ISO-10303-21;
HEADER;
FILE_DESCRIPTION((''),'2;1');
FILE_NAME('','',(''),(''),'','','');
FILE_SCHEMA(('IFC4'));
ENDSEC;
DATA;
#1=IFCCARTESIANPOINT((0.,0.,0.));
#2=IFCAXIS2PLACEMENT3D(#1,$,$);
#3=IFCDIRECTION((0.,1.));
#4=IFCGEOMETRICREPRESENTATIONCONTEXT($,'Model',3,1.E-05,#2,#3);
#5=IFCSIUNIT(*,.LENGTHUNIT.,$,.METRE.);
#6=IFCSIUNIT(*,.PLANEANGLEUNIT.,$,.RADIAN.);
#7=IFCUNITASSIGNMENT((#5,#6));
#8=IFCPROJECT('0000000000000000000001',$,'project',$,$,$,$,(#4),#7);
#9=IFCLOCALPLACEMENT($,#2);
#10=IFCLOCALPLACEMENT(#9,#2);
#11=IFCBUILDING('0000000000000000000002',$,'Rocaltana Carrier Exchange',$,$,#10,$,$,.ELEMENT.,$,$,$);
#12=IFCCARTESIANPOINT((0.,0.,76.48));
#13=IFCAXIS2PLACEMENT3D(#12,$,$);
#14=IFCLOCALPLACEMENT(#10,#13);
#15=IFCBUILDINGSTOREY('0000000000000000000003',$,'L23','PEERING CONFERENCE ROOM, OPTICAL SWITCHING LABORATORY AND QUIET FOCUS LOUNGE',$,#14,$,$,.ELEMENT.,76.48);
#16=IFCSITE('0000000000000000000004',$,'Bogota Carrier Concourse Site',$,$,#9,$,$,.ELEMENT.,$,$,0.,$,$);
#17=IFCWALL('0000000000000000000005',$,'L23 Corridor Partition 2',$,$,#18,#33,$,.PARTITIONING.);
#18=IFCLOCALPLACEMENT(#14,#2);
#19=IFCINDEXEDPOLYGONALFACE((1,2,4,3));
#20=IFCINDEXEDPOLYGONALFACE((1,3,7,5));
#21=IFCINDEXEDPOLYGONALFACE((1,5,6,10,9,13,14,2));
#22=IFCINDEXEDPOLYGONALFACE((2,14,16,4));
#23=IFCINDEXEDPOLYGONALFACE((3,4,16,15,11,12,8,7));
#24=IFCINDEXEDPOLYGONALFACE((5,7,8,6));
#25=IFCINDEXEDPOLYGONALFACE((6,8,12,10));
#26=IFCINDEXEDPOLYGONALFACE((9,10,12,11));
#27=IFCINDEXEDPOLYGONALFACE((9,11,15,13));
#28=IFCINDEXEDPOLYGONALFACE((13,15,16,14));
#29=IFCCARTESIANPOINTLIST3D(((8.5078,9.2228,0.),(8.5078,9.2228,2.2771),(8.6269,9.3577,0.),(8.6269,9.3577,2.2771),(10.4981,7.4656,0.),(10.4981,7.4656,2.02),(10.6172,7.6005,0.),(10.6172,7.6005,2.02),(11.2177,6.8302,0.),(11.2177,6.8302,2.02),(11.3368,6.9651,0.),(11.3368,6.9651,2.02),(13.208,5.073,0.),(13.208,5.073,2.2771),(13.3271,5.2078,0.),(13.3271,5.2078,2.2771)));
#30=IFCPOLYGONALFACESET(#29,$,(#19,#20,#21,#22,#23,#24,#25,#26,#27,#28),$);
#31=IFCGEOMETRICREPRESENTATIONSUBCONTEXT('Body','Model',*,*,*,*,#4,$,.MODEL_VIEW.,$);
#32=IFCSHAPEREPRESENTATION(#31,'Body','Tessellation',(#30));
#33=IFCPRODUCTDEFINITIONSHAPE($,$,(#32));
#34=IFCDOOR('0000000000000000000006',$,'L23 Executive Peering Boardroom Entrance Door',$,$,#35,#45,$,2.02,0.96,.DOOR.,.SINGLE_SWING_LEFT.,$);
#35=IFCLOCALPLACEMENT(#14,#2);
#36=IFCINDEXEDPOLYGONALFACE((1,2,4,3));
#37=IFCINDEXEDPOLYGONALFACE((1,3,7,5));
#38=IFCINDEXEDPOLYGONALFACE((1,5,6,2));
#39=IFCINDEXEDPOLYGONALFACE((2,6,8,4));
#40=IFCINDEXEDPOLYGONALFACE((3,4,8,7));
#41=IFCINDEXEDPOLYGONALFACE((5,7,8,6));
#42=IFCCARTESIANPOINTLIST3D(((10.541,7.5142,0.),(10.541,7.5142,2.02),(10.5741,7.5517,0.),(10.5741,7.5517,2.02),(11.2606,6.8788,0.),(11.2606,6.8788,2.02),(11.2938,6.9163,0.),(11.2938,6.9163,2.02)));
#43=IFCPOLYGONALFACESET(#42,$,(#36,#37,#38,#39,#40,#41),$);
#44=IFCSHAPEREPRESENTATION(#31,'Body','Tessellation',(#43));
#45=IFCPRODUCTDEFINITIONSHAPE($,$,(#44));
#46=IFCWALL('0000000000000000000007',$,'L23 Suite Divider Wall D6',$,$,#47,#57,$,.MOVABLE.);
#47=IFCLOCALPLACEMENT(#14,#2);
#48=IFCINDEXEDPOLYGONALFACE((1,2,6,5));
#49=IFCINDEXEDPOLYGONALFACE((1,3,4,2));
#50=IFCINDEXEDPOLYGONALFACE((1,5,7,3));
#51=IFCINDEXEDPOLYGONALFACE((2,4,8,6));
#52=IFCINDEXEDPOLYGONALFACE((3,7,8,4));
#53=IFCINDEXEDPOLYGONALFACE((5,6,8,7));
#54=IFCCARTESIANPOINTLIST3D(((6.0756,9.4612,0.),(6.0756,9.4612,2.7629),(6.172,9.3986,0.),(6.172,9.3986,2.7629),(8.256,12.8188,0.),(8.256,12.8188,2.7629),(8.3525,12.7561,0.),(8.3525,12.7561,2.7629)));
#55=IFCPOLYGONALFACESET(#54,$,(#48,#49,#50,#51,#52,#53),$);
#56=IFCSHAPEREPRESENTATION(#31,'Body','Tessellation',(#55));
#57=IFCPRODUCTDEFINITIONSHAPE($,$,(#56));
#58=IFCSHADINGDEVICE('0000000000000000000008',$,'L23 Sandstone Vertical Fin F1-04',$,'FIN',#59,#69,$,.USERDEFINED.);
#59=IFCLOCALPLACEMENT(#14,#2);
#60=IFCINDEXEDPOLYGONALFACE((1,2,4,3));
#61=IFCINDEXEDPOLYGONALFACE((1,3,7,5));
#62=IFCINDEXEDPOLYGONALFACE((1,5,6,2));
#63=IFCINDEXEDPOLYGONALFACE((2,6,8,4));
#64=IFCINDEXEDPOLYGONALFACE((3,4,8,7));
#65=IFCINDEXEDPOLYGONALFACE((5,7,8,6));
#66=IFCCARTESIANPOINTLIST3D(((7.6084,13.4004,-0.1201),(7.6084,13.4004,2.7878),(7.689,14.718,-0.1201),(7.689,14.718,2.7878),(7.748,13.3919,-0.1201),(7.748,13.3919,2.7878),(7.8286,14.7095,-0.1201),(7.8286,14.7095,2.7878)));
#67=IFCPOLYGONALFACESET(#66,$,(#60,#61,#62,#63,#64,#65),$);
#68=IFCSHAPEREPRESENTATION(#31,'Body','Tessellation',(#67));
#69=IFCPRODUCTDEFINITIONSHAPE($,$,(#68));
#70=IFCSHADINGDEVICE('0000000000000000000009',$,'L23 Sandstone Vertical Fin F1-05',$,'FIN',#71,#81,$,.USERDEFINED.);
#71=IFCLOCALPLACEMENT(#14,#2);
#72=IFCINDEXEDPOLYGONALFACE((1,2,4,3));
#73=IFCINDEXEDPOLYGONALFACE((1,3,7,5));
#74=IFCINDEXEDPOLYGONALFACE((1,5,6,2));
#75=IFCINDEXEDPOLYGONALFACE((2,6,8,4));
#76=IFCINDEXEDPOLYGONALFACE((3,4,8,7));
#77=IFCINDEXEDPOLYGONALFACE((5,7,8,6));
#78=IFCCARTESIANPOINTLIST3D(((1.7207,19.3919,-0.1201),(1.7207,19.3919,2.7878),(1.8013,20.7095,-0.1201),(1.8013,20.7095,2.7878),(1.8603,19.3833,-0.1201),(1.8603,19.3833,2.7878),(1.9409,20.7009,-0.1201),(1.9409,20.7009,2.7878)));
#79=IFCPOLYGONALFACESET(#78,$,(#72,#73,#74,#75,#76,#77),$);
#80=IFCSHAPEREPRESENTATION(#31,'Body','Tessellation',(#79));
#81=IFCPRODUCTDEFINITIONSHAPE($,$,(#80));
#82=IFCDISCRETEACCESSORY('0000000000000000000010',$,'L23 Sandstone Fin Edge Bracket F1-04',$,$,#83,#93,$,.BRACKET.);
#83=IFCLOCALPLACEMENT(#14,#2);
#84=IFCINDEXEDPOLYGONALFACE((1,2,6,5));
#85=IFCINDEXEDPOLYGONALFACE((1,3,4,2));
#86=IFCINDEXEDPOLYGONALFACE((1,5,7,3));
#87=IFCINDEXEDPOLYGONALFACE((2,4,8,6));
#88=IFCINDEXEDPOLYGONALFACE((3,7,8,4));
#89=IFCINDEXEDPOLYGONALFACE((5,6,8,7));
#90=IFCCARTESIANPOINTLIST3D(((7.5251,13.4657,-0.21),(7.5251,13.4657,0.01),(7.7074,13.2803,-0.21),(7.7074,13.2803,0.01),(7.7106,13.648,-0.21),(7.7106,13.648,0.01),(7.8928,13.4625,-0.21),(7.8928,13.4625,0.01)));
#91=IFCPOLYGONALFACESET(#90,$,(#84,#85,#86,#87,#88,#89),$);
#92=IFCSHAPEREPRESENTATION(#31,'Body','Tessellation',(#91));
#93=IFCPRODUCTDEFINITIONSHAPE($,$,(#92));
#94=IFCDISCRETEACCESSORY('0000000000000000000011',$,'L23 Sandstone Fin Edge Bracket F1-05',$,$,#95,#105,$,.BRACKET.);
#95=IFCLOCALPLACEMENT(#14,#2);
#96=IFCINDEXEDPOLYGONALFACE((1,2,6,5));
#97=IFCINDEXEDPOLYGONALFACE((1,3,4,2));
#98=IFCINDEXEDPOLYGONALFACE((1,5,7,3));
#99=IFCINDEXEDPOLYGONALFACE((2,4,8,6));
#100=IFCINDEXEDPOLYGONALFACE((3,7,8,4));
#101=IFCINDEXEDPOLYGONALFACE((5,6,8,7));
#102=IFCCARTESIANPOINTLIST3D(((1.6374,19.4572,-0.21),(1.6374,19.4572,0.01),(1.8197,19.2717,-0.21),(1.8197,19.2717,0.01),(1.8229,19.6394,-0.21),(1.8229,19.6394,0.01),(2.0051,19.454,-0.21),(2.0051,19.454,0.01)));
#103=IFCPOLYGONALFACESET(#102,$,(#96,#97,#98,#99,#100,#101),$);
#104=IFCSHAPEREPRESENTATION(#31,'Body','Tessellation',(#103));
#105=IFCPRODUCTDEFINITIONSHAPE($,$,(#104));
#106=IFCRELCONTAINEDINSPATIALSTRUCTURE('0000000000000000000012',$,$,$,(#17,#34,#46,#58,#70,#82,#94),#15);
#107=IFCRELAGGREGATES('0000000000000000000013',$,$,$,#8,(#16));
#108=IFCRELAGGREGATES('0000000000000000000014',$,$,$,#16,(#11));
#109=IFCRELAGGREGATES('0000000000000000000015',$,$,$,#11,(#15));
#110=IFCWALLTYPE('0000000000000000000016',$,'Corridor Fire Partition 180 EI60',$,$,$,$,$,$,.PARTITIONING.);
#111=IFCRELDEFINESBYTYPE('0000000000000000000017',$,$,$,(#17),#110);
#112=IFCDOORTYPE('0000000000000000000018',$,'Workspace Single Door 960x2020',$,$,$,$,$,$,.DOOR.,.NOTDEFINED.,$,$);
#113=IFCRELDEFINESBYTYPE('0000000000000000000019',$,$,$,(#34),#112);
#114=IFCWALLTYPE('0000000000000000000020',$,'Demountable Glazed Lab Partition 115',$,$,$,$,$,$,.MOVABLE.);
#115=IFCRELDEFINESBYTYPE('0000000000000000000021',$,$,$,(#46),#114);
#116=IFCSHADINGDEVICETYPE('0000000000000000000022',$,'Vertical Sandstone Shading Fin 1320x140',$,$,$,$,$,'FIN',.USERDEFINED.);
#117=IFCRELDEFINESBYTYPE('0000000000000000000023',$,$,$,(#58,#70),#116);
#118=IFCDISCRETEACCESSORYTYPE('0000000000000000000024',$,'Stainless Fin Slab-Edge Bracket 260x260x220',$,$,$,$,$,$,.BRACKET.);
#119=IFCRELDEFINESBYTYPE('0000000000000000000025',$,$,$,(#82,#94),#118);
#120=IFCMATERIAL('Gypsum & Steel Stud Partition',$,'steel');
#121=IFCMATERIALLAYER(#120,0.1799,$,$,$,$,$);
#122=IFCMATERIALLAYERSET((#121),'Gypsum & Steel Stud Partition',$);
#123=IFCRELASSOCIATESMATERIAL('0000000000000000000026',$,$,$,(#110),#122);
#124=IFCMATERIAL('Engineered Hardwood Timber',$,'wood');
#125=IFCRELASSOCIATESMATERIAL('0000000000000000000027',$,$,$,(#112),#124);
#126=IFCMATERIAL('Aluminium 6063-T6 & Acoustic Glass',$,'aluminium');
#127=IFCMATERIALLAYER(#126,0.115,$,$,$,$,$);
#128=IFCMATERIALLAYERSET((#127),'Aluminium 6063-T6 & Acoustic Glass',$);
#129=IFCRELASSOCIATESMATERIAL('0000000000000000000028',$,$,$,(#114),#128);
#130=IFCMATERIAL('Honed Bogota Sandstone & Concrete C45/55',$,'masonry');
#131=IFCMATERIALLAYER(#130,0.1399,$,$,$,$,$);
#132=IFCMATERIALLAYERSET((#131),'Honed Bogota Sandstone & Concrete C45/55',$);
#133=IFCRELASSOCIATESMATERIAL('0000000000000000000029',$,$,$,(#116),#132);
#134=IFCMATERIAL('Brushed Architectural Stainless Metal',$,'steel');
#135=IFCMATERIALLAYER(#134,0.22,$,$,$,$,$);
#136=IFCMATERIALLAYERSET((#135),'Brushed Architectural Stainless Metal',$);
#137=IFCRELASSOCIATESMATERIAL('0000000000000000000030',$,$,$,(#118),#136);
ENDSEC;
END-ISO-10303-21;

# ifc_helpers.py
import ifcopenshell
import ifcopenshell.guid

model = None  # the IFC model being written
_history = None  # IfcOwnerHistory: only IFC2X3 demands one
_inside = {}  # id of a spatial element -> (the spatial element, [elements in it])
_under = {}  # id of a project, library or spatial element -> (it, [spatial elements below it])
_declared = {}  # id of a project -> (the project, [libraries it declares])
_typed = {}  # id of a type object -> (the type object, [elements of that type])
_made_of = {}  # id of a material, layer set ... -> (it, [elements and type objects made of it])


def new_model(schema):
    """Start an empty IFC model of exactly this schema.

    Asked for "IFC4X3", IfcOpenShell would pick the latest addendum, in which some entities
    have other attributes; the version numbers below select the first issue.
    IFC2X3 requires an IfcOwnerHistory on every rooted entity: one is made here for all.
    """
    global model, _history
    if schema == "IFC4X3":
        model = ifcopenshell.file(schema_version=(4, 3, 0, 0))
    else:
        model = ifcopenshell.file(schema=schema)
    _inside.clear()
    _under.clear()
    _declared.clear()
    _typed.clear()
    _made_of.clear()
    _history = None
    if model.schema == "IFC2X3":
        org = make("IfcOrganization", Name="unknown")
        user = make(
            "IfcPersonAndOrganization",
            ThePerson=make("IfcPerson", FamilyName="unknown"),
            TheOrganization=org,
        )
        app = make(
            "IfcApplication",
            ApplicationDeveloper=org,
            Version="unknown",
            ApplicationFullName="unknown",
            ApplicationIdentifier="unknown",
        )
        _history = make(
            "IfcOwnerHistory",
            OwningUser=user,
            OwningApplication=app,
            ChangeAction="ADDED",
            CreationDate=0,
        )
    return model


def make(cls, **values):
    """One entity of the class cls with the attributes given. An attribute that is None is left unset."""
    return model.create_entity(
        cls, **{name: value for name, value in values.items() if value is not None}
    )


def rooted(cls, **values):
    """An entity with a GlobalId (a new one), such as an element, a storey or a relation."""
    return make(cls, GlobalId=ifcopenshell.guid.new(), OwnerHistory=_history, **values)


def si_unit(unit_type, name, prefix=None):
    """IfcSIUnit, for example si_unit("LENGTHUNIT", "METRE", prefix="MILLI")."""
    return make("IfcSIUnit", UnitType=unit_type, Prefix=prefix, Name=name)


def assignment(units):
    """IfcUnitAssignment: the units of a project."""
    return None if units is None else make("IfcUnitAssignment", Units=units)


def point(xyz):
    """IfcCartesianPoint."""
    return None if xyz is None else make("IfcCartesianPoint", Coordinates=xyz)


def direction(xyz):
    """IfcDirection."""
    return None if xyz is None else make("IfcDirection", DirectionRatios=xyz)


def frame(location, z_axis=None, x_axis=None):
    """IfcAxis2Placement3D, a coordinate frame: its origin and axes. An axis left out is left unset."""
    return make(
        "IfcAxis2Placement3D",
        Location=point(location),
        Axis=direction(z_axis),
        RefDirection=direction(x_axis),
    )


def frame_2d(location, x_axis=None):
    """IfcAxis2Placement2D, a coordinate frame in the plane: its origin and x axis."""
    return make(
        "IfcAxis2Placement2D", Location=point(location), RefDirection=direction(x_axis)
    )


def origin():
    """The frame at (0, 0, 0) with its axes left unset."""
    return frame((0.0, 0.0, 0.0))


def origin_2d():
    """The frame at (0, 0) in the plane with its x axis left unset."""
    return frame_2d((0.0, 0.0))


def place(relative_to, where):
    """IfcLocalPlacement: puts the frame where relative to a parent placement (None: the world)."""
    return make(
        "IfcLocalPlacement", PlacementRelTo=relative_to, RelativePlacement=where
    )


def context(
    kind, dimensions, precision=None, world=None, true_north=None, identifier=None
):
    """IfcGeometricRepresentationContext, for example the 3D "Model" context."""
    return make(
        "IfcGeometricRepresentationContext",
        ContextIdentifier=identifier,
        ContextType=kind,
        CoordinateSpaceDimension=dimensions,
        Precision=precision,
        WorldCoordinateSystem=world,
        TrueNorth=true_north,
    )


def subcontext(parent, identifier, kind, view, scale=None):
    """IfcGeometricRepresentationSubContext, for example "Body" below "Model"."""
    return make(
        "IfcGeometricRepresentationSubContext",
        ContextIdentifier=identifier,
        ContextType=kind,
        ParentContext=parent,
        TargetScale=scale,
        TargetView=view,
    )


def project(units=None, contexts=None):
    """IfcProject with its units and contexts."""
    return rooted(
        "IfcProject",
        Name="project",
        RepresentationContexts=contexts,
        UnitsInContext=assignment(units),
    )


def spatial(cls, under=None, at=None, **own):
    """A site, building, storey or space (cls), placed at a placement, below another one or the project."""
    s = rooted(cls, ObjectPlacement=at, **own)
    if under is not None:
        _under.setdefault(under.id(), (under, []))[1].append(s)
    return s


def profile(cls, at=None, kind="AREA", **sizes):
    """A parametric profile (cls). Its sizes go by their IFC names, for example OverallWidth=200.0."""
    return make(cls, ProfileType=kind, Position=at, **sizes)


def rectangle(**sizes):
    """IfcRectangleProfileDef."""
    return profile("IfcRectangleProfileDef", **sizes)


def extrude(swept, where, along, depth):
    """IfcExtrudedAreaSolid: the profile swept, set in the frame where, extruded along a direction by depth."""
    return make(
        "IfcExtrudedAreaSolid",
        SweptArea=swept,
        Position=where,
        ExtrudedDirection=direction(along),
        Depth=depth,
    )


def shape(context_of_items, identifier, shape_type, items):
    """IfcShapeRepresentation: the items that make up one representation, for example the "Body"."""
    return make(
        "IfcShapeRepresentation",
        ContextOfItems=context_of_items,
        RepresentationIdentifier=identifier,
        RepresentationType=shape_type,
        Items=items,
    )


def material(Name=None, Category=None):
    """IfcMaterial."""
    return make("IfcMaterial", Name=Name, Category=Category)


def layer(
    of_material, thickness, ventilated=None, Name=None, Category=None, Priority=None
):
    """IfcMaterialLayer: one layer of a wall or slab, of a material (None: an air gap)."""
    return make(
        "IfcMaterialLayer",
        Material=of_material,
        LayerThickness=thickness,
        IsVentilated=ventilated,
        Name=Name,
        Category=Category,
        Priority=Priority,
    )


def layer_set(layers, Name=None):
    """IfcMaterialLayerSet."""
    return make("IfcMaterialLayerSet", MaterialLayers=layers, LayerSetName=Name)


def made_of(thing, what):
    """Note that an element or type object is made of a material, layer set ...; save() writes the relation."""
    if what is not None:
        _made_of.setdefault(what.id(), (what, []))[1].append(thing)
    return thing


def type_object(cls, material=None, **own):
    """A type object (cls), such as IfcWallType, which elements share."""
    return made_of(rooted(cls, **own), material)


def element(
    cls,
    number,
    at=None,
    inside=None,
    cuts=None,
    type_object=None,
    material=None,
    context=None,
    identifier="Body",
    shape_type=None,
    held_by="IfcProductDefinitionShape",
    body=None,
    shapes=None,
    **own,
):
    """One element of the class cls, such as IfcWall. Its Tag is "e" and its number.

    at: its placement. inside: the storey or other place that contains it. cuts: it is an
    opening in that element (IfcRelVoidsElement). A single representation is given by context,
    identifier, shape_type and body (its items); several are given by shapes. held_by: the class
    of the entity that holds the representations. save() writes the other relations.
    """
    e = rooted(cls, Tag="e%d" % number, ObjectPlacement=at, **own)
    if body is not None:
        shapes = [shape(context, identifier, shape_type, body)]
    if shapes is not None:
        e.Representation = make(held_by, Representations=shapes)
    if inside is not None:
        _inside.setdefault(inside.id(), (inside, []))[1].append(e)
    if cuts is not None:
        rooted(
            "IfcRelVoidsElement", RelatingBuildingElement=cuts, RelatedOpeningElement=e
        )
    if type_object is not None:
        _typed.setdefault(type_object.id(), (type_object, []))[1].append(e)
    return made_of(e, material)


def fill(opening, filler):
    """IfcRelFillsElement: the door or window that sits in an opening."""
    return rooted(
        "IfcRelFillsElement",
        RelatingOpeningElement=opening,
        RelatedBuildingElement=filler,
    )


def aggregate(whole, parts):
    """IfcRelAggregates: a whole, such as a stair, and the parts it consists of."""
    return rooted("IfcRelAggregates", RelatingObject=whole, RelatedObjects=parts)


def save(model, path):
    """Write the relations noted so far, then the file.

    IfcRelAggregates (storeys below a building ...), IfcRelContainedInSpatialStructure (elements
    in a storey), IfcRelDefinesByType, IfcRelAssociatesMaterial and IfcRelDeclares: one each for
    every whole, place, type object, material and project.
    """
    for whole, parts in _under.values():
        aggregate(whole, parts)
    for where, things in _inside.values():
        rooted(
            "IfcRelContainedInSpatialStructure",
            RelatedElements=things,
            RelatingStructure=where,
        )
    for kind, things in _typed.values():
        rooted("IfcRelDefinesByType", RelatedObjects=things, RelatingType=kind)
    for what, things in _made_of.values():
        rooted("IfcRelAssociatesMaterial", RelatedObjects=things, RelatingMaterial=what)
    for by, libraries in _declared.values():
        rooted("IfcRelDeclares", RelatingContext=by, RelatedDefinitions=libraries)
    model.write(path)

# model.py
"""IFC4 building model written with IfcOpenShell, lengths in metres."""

from ifc_helpers import new_model, si_unit, direction, frame, frame_2d, origin, origin_2d, place, context, subcontext, project, spatial, rectangle, extrude, material, layer, layer_set, type_object, element, fill, save


model = new_model("IFC4")

# Units and contexts
model_context = context("Model", 3, precision=1e-05, world=origin(), true_north=direction((0.0, 1.0)))
body_context = subcontext(model_context, "Body", "Model", "MODEL_VIEW")
ifc_project = project(units=[si_unit("LENGTHUNIT", "METRE"), si_unit("PLANEANGLEUNIT", "RADIAN")], contexts=[model_context])

# Site, building, storey
site_placement = place(None, origin())
site = spatial("IfcSite", under=ifc_project, at=site_placement, Name="Bogota Carrier Concourse Site", CompositionType="ELEMENT", RefElevation=0.0)
building_placement = place(site_placement, origin())
building = spatial("IfcBuilding", under=site, at=building_placement, Name="Rocaltana Carrier Exchange", CompositionType="ELEMENT")
storey_placement = place(building_placement, frame((0.0, 0.0, 76.48)))
storey = spatial("IfcBuildingStorey", under=building, at=storey_placement, Name="L23", Description="PEERING CONFERENCE ROOM, OPTICAL SWITCHING LABORATORY AND QUIET FOCUS LOUNGE", CompositionType="ELEMENT", Elevation=76.48)

# Wall, opening, door
ifc_material_1 = material(Name="Gypsum & Steel Stud Partition", Category="steel")
ifc_layer_1 = layer(ifc_material_1, 0.1799)
ifc_layer_set_1 = layer_set([ifc_layer_1], Name="Gypsum & Steel Stud Partition")
wall_type_1 = type_object("IfcWallType", Name="Corridor Fire Partition 180 EI60", PredefinedType="PARTITIONING", material=ifc_layer_set_1)
wall_1_placement = place(storey_placement, frame((8.5674, 9.2903, 0.0), z_axis=(0.0, 0.0, 1.0), x_axis=(0.749626, -0.661861, 0.0)))
wall_1 = element("IfcWall", 1, at=wall_1_placement, inside=storey, type_object=wall_type_1, Name="L23 Corridor Partition 2", PredefinedType="PARTITIONING", context=body_context, shape_type="SweptSolid", body=[
    extrude(rectangle(XDim=6.27, YDim=0.1799, at=frame_2d((3.135, 0.0))), origin(), (0.0, 0.0, 1.0), 2.2771),
])
opening_placement = place(wall_1_placement, frame((2.655, 0.0, 0.0)))
opening = element("IfcOpeningElement", 2, at=opening_placement, cuts=wall_1, PredefinedType="OPENING", context=body_context, shape_type="SweptSolid", body=[
    extrude(rectangle(XDim=0.96, YDim=2.02, at=frame_2d((0.48, 1.01))), frame((0.0, 0.0999, 0.0), z_axis=(0.0, -1.0, 0.0), x_axis=(1.0, 0.0, 0.0)), (0.0, 0.0, 1.0), 0.2),
])
ifc_material_2 = material(Name="Engineered Hardwood Timber", Category="wood")
door_type = type_object("IfcDoorType", Name="Workspace Single Door 960x2020", OperationType="NOTDEFINED", PredefinedType="DOOR", material=ifc_material_2)
door_placement = place(opening_placement, origin())
door = element("IfcDoor", 3, at=door_placement, inside=storey, type_object=door_type, Name="L23 Executive Peering Boardroom Entrance Door", OperationType="SINGLE_SWING_LEFT", OverallHeight=2.02, OverallWidth=0.96, PredefinedType="DOOR", context=body_context, shape_type="SweptSolid", body=[
    extrude(rectangle(XDim=0.96, YDim=2.02, at=frame_2d((0.48, 1.01))), frame((0.0, 0.0249, 0.0), z_axis=(0.0, -1.0, 0.0), x_axis=(1.0, 0.0, 0.0)), (0.0, 0.0, 1.0), 0.05),
])
fill(opening, door)

# Wall
ifc_material_3 = material(Name="Aluminium 6063-T6 & Acoustic Glass", Category="aluminium")
ifc_layer_2 = layer(ifc_material_3, 0.115)
ifc_layer_set_2 = layer_set([ifc_layer_2], Name="Aluminium 6063-T6 & Acoustic Glass")
wall_type_2 = type_object("IfcWallType", Name="Demountable Glazed Lab Partition 115", PredefinedType="MOVABLE", material=ifc_layer_set_2)
wall_2_placement = place(storey_placement, frame((6.1238, 9.4299, 0.0), z_axis=(0.0, 0.0, 1.0), x_axis=(0.544654, 0.838661, 0.0)))
element("IfcWall", 4, at=wall_2_placement, inside=storey, type_object=wall_type_2, Name="L23 Suite Divider Wall D6", PredefinedType="MOVABLE", context=body_context, shape_type="SweptSolid", body=[
    extrude(rectangle(XDim=4.0034, YDim=0.115, at=frame_2d((2.0017, 0.0))), origin(), (0.0, 0.0, 1.0), 2.7629),
])

# Shading devices
ifc_material_4 = material(Name="Honed Bogota Sandstone & Concrete C45/55", Category="masonry")
ifc_layer_3 = layer(ifc_material_4, 0.1399)
ifc_layer_set_3 = layer_set([ifc_layer_3], Name="Honed Bogota Sandstone & Concrete C45/55")
shading_device_type = type_object("IfcShadingDeviceType", Name="Vertical Sandstone Shading Fin 1320x140", ElementType="FIN", PredefinedType="USERDEFINED", material=ifc_layer_set_3)
for number, where, z_axis, x_axis, name in (
    (5, (7.7185, 14.0549, -0.1201), (0.0, 0.0, 1.0), (0.061049, 0.998135, 0.0), "L23 Sandstone Vertical Fin F1-04"),
    (6, (1.8308, 20.0464, -0.1201), (0.0, 0.0, 1.0), (0.061049, 0.998135, 0.0), "L23 Sandstone Vertical Fin F1-05"),
):
    element("IfcShadingDevice", number, at=place(storey_placement, frame(where, z_axis=z_axis, x_axis=x_axis)), inside=storey, type_object=shading_device_type, Name=name, ObjectType="FIN", PredefinedType="USERDEFINED", context=body_context, shape_type="SweptSolid", body=[
        extrude(rectangle(XDim=1.3201, YDim=0.1399, at=origin_2d()), origin(), (0.0, 0.0, 1.0), 2.908),
    ])

# Discrete accessories
ifc_material_5 = material(Name="Brushed Architectural Stainless Metal", Category="steel")
ifc_layer_4 = layer(ifc_material_5, 0.22)
ifc_layer_set_4 = layer_set([ifc_layer_4], Name="Brushed Architectural Stainless Metal")
discrete_accessory_type = type_object("IfcDiscreteAccessoryType", Name="Stainless Fin Slab-Edge Bracket 260x260x220", PredefinedType="BRACKET", material=ifc_layer_set_4)
for number, where, z_axis, x_axis, name in (
    (7, (7.709, 13.4641, -0.21), (0.0, 0.0, 1.0), (-0.700909, 0.71325, 0.0), "L23 Sandstone Fin Edge Bracket F1-04"),
    (8, (1.8213, 19.4556, -0.21), (0.0, 0.0, 1.0), (-0.700909, 0.71325, 0.0), "L23 Sandstone Fin Edge Bracket F1-05"),
):
    element("IfcDiscreteAccessory", number, at=place(storey_placement, frame(where, z_axis=z_axis, x_axis=x_axis)), inside=storey, type_object=discrete_accessory_type, Name=name, PredefinedType="BRACKET", context=body_context, shape_type="SweptSolid", body=[
        extrude(rectangle(XDim=0.26, YDim=0.26, at=origin_2d()), origin(), (0.0, 0.0, 1.0), 0.22),
    ])

save(model, "model.ifc")
